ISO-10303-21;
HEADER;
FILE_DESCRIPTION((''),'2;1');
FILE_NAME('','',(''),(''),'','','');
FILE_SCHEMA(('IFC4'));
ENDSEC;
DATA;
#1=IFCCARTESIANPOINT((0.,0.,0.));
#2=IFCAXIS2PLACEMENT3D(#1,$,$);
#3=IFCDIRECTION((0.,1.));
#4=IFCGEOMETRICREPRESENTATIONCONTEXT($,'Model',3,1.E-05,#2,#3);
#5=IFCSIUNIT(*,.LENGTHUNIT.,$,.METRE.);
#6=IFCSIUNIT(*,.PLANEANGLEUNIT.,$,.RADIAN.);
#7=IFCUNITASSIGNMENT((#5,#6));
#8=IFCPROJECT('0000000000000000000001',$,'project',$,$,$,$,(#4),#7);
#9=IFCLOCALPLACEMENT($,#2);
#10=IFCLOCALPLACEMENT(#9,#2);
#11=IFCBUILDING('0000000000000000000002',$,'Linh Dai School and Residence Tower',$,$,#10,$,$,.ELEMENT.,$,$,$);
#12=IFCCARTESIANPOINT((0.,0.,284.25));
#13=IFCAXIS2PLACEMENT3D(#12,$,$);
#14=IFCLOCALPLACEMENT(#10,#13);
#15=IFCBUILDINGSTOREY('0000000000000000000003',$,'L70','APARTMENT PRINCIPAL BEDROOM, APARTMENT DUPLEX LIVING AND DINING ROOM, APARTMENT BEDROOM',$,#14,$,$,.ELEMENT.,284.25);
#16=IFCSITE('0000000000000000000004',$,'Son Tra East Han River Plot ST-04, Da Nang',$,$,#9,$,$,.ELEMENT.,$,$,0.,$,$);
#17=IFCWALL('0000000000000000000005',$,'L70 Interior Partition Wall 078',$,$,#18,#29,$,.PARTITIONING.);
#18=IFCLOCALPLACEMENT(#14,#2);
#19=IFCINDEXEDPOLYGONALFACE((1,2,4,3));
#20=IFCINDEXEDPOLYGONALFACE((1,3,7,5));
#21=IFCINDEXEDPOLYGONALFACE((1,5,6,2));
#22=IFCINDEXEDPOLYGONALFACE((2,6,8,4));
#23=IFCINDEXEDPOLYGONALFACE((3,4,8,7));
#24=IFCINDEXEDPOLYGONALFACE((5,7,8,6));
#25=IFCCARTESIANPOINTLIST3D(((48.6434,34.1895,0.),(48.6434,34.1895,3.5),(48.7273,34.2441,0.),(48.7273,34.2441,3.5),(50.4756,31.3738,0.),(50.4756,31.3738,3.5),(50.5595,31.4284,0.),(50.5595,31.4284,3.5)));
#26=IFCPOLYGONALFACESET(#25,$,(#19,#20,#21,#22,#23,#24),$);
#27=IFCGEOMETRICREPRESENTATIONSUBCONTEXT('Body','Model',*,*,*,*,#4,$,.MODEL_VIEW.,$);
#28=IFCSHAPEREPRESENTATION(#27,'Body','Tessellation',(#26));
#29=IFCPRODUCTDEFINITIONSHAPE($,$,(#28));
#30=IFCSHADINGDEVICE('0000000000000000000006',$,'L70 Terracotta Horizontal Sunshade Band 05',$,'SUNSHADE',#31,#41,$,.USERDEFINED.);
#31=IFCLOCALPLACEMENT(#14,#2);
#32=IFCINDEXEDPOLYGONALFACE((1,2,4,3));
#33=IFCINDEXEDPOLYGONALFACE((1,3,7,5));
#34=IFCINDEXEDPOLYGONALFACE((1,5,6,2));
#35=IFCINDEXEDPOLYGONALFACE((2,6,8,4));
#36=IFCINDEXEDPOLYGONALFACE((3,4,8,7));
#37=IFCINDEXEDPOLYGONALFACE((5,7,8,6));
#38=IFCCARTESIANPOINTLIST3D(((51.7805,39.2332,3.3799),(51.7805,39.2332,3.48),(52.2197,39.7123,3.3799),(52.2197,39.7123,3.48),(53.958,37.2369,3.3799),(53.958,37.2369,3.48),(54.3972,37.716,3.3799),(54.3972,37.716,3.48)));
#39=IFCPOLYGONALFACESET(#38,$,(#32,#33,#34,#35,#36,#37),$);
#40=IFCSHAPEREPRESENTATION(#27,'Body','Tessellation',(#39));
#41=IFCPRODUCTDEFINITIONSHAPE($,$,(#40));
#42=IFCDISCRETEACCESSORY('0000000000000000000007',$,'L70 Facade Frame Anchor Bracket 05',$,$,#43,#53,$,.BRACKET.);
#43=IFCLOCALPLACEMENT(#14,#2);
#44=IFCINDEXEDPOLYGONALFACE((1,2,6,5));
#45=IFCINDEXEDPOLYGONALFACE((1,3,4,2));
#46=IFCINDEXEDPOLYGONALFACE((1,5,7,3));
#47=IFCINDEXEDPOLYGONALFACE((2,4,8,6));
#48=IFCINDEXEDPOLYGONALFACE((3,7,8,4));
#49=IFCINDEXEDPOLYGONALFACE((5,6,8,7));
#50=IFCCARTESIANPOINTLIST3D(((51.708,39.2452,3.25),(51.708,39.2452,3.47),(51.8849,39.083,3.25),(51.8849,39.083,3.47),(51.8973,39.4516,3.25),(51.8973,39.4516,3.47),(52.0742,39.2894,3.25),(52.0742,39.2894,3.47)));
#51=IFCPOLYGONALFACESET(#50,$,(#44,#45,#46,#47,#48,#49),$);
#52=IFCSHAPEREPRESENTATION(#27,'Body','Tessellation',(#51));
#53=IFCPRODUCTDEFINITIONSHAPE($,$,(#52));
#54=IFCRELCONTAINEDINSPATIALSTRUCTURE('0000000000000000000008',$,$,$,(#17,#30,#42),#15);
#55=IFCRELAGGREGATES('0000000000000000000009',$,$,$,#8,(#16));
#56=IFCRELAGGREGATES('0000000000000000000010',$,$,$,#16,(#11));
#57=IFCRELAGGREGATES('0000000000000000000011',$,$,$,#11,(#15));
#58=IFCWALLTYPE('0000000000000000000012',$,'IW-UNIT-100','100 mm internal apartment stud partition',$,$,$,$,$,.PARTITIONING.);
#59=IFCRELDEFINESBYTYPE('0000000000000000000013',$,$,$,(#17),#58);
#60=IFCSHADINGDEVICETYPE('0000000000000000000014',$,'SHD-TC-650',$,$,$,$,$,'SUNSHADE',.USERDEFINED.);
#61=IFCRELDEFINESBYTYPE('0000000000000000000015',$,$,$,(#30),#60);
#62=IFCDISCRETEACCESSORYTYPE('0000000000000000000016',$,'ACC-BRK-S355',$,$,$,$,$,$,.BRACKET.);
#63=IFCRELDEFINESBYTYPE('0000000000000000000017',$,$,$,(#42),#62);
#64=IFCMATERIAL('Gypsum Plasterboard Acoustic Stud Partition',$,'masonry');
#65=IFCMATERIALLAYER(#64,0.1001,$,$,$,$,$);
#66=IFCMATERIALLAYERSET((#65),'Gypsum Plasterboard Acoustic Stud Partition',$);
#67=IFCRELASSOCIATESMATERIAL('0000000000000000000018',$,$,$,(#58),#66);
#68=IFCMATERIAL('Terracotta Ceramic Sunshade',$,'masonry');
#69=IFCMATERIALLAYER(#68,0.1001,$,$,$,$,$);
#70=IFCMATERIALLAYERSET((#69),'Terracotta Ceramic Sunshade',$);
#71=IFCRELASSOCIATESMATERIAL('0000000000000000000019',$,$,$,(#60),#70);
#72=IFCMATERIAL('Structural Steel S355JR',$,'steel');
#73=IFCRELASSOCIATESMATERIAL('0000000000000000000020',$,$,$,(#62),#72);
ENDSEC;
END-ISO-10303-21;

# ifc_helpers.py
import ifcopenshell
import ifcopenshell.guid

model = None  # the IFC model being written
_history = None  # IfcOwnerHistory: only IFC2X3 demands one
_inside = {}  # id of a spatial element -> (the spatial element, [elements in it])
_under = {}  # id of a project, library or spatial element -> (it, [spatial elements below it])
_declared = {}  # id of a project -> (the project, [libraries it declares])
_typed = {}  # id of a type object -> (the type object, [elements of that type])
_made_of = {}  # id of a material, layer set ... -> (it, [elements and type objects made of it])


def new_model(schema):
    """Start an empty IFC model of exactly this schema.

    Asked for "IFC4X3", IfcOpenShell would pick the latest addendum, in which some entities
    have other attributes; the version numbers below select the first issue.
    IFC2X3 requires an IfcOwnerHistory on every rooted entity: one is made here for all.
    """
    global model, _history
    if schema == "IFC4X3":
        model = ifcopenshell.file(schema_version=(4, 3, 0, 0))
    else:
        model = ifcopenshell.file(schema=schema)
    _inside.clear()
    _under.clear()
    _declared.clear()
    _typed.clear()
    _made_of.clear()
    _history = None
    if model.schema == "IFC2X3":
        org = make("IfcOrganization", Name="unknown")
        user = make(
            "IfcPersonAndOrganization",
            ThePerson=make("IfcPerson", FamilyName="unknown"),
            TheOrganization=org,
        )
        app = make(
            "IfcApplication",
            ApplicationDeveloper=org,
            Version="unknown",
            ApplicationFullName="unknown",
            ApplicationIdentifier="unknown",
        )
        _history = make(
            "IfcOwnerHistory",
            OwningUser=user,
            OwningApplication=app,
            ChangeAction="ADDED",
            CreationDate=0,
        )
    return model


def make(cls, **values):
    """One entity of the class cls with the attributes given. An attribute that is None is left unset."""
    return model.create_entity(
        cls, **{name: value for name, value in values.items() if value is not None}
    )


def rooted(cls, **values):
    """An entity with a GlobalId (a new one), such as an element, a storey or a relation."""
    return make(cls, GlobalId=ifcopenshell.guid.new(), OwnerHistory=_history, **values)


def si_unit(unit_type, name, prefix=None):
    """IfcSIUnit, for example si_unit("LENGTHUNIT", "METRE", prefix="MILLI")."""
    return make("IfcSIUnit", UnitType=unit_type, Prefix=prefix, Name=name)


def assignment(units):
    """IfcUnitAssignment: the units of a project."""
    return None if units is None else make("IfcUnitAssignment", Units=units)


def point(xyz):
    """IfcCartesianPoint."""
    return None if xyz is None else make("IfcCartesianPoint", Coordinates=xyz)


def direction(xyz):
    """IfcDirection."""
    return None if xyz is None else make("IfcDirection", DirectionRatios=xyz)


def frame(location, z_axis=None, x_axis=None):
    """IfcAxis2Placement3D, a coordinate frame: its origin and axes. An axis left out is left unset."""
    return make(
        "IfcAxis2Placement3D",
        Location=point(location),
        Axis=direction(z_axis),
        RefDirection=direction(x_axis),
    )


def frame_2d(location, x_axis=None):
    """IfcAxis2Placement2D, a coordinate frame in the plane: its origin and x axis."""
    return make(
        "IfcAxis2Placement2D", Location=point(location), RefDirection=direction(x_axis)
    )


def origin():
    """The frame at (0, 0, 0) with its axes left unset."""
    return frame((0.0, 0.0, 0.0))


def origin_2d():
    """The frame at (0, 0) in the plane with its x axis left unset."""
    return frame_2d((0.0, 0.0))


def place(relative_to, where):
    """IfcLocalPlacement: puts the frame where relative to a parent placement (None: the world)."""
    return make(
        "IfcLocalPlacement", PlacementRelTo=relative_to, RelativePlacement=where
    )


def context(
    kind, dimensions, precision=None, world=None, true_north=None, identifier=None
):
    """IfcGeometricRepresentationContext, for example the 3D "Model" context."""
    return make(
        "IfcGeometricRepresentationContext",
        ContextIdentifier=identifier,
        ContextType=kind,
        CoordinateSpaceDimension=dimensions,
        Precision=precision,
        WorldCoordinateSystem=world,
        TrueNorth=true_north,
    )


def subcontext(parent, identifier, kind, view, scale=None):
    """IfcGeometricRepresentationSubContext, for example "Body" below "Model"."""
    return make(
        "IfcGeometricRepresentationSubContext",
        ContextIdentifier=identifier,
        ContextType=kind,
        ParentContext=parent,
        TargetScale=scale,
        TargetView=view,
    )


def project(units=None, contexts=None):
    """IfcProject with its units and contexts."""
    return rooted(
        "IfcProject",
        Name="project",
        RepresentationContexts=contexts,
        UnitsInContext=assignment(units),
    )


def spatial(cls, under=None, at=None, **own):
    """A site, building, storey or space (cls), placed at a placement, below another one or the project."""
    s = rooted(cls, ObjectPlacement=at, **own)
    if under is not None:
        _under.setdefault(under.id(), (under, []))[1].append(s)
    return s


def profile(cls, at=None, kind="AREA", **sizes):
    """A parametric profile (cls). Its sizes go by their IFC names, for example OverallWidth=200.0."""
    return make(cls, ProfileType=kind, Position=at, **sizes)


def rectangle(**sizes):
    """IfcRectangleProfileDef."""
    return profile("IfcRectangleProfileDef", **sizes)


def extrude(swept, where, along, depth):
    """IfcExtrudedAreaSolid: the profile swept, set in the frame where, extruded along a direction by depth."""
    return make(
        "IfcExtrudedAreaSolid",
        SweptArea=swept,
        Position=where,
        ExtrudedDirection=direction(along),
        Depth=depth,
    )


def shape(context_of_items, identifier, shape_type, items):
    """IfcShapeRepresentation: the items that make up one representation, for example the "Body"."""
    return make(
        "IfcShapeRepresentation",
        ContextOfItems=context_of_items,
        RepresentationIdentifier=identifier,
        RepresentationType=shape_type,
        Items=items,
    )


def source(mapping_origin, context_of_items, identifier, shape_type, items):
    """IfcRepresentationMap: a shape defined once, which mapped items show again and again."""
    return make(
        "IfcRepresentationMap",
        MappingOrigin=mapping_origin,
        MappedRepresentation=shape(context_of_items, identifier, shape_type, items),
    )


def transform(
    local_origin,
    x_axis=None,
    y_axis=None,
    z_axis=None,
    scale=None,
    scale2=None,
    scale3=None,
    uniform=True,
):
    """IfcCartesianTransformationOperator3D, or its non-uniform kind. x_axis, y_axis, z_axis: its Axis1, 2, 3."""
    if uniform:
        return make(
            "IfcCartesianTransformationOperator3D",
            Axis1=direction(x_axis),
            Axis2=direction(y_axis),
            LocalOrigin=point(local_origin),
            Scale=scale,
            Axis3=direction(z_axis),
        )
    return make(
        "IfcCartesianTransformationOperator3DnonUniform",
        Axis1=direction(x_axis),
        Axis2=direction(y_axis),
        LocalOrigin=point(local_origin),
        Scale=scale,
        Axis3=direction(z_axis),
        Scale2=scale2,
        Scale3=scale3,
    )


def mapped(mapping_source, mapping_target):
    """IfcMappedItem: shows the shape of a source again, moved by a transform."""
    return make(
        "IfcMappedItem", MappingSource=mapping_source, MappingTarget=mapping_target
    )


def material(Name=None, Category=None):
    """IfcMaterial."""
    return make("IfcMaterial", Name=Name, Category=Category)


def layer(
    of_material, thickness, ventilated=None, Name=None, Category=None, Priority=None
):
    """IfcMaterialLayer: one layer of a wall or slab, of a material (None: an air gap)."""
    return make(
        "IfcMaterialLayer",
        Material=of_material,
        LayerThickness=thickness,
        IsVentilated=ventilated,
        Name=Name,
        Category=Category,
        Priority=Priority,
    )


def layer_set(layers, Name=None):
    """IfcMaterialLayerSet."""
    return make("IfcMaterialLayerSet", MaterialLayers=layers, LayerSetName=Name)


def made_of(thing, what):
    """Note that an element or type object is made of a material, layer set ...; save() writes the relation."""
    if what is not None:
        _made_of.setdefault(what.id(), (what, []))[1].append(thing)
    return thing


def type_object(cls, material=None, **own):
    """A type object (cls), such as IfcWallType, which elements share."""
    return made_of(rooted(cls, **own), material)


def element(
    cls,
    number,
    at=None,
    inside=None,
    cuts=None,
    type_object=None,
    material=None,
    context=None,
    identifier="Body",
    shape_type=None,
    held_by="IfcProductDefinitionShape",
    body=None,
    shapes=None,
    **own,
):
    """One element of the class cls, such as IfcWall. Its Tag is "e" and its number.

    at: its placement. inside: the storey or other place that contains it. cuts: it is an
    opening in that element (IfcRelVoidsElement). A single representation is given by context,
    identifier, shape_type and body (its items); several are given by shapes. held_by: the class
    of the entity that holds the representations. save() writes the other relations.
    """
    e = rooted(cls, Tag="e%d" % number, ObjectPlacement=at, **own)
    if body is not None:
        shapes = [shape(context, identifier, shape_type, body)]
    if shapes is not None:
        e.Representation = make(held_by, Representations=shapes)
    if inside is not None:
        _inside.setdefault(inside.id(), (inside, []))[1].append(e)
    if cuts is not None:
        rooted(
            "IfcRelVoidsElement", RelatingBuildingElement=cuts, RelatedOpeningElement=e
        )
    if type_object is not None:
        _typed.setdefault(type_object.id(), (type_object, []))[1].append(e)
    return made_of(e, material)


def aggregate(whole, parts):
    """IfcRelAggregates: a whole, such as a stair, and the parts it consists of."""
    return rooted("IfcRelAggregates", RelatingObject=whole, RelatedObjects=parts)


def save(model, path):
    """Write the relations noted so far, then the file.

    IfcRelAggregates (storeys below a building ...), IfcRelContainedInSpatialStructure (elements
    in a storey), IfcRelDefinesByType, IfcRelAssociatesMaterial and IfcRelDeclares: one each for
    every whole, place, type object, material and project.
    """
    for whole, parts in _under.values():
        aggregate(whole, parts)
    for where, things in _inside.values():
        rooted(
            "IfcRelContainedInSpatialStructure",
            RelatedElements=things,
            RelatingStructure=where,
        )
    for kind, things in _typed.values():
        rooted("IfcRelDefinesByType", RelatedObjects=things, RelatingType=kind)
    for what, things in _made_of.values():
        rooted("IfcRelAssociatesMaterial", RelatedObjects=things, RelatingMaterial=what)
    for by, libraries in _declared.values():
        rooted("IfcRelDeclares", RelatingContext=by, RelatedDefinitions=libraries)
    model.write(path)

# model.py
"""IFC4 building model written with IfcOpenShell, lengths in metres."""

from ifc_helpers import new_model, si_unit, direction, frame, frame_2d, origin, origin_2d, place, context, subcontext, project, spatial, rectangle, extrude, source, transform, mapped, material, layer, layer_set, type_object, element, save


model = new_model("IFC4")

# Units and contexts
model_context = context("Model", 3, precision=1e-05, world=origin(), true_north=direction((0.0, 1.0)))
body_context = subcontext(model_context, "Body", "Model", "MODEL_VIEW")
ifc_project = project(units=[si_unit("LENGTHUNIT", "METRE"), si_unit("PLANEANGLEUNIT", "RADIAN")], contexts=[model_context])

# Site, building, storey
site_placement = place(None, origin())
site = spatial("IfcSite", under=ifc_project, at=site_placement, Name="Son Tra East Han River Plot ST-04, Da Nang", CompositionType="ELEMENT", RefElevation=0.0)
building_placement = place(site_placement, origin())
building = spatial("IfcBuilding", under=site, at=building_placement, Name="Linh Dai School and Residence Tower", CompositionType="ELEMENT")
storey_placement = place(building_placement, frame((0.0, 0.0, 284.25)))
storey = spatial("IfcBuildingStorey", under=building, at=storey_placement, Name="L70", Description="APARTMENT PRINCIPAL BEDROOM, APARTMENT DUPLEX LIVING AND DINING ROOM, APARTMENT BEDROOM", CompositionType="ELEMENT", Elevation=284.25)

# Shared definitions
ifc_material_1 = material(Name="Structural Steel S355JR", Category="steel")

# Wall
ifc_material_2 = material(Name="Gypsum Plasterboard Acoustic Stud Partition", Category="masonry")
ifc_layer_1 = layer(ifc_material_2, 0.1001)
ifc_layer_set_1 = layer_set([ifc_layer_1], Name="Gypsum Plasterboard Acoustic Stud Partition")
wall_type_1 = type_object("IfcWallType", Name="IW-UNIT-100", Description="100 mm internal apartment stud partition", PredefinedType="PARTITIONING", material=ifc_layer_set_1)
wall_1_placement = place(storey_placement, frame((48.6853, 34.2168, 0.0), z_axis=(0.0, 0.0, 1.0), x_axis=(0.545425, -0.83816, 0.0)))
element("IfcWall", 1, at=wall_1_placement, inside=storey, type_object=wall_type_1, Name="L70 Interior Partition Wall 078", PredefinedType="PARTITIONING", context=body_context, shape_type="SweptSolid", body=[
    extrude(rectangle(XDim=3.3594, YDim=0.1001, at=frame_2d((1.6797, 0.0))), origin(), (0.0, 0.0, 1.0), 3.5),
])

# Shading device
ifc_material_3 = material(Name="Terracotta Ceramic Sunshade", Category="masonry")
ifc_layer_2 = layer(ifc_material_3, 0.1001)
ifc_layer_set_2 = layer_set([ifc_layer_2], Name="Terracotta Ceramic Sunshade")
shading_device_type = type_object("IfcShadingDeviceType", Name="SHD-TC-650", ElementType="SUNSHADE", PredefinedType="USERDEFINED", material=ifc_layer_set_2)
shared_shape_1 = source(origin(), body_context, "Body", "SweptSolid", [
    extrude(rectangle(XDim=2.9541, YDim=0.6499, at=origin_2d()), origin(), (0.0, 0.0, 1.0), 0.1001),
])
shading_device_placement = place(storey_placement, frame((53.0889, 38.4746, 3.3799), z_axis=(0.0, 0.0, 1.0), x_axis=(0.737106, -0.675777, 0.0)))
element("IfcShadingDevice", 2, at=shading_device_placement, inside=storey, type_object=shading_device_type, Name="L70 Terracotta Horizontal Sunshade Band 05", ObjectType="SUNSHADE", PredefinedType="USERDEFINED", context=body_context, shape_type="MappedRepresentation", body=[
    mapped(shared_shape_1, transform((0.0, 0.0, 0.0), x_axis=(1.0, 0.0, 0.0), y_axis=(0.0, 1.0, 0.0), z_axis=(0.0, 0.0, 1.0), scale=1.0)),
])

# Discrete accessory
discrete_accessory_type = type_object("IfcDiscreteAccessoryType", Name="ACC-BRK-S355", PredefinedType="BRACKET", material=ifc_material_1)
shared_shape_2 = source(origin(), body_context, "Body", "SweptSolid", [
    extrude(rectangle(XDim=0.28, YDim=0.24, at=origin_2d()), origin(), (0.0, 0.0, 1.0), 0.22),
])
discrete_accessory_placement = place(storey_placement, frame((51.8911, 39.2673, 3.25), z_axis=(0.0, 0.0, 1.0), x_axis=(0.675777, 0.737106, 0.0)))
element("IfcDiscreteAccessory", 3, at=discrete_accessory_placement, inside=storey, type_object=discrete_accessory_type, Name="L70 Facade Frame Anchor Bracket 05", PredefinedType="BRACKET", context=body_context, shape_type="MappedRepresentation", body=[
    mapped(shared_shape_2, transform((0.0, 0.0, 0.0), x_axis=(1.0, 0.0, 0.0), y_axis=(0.0, 1.0, 0.0), z_axis=(0.0, 0.0, 1.0), scale=1.0)),
])

save(model, "model.ifc")
